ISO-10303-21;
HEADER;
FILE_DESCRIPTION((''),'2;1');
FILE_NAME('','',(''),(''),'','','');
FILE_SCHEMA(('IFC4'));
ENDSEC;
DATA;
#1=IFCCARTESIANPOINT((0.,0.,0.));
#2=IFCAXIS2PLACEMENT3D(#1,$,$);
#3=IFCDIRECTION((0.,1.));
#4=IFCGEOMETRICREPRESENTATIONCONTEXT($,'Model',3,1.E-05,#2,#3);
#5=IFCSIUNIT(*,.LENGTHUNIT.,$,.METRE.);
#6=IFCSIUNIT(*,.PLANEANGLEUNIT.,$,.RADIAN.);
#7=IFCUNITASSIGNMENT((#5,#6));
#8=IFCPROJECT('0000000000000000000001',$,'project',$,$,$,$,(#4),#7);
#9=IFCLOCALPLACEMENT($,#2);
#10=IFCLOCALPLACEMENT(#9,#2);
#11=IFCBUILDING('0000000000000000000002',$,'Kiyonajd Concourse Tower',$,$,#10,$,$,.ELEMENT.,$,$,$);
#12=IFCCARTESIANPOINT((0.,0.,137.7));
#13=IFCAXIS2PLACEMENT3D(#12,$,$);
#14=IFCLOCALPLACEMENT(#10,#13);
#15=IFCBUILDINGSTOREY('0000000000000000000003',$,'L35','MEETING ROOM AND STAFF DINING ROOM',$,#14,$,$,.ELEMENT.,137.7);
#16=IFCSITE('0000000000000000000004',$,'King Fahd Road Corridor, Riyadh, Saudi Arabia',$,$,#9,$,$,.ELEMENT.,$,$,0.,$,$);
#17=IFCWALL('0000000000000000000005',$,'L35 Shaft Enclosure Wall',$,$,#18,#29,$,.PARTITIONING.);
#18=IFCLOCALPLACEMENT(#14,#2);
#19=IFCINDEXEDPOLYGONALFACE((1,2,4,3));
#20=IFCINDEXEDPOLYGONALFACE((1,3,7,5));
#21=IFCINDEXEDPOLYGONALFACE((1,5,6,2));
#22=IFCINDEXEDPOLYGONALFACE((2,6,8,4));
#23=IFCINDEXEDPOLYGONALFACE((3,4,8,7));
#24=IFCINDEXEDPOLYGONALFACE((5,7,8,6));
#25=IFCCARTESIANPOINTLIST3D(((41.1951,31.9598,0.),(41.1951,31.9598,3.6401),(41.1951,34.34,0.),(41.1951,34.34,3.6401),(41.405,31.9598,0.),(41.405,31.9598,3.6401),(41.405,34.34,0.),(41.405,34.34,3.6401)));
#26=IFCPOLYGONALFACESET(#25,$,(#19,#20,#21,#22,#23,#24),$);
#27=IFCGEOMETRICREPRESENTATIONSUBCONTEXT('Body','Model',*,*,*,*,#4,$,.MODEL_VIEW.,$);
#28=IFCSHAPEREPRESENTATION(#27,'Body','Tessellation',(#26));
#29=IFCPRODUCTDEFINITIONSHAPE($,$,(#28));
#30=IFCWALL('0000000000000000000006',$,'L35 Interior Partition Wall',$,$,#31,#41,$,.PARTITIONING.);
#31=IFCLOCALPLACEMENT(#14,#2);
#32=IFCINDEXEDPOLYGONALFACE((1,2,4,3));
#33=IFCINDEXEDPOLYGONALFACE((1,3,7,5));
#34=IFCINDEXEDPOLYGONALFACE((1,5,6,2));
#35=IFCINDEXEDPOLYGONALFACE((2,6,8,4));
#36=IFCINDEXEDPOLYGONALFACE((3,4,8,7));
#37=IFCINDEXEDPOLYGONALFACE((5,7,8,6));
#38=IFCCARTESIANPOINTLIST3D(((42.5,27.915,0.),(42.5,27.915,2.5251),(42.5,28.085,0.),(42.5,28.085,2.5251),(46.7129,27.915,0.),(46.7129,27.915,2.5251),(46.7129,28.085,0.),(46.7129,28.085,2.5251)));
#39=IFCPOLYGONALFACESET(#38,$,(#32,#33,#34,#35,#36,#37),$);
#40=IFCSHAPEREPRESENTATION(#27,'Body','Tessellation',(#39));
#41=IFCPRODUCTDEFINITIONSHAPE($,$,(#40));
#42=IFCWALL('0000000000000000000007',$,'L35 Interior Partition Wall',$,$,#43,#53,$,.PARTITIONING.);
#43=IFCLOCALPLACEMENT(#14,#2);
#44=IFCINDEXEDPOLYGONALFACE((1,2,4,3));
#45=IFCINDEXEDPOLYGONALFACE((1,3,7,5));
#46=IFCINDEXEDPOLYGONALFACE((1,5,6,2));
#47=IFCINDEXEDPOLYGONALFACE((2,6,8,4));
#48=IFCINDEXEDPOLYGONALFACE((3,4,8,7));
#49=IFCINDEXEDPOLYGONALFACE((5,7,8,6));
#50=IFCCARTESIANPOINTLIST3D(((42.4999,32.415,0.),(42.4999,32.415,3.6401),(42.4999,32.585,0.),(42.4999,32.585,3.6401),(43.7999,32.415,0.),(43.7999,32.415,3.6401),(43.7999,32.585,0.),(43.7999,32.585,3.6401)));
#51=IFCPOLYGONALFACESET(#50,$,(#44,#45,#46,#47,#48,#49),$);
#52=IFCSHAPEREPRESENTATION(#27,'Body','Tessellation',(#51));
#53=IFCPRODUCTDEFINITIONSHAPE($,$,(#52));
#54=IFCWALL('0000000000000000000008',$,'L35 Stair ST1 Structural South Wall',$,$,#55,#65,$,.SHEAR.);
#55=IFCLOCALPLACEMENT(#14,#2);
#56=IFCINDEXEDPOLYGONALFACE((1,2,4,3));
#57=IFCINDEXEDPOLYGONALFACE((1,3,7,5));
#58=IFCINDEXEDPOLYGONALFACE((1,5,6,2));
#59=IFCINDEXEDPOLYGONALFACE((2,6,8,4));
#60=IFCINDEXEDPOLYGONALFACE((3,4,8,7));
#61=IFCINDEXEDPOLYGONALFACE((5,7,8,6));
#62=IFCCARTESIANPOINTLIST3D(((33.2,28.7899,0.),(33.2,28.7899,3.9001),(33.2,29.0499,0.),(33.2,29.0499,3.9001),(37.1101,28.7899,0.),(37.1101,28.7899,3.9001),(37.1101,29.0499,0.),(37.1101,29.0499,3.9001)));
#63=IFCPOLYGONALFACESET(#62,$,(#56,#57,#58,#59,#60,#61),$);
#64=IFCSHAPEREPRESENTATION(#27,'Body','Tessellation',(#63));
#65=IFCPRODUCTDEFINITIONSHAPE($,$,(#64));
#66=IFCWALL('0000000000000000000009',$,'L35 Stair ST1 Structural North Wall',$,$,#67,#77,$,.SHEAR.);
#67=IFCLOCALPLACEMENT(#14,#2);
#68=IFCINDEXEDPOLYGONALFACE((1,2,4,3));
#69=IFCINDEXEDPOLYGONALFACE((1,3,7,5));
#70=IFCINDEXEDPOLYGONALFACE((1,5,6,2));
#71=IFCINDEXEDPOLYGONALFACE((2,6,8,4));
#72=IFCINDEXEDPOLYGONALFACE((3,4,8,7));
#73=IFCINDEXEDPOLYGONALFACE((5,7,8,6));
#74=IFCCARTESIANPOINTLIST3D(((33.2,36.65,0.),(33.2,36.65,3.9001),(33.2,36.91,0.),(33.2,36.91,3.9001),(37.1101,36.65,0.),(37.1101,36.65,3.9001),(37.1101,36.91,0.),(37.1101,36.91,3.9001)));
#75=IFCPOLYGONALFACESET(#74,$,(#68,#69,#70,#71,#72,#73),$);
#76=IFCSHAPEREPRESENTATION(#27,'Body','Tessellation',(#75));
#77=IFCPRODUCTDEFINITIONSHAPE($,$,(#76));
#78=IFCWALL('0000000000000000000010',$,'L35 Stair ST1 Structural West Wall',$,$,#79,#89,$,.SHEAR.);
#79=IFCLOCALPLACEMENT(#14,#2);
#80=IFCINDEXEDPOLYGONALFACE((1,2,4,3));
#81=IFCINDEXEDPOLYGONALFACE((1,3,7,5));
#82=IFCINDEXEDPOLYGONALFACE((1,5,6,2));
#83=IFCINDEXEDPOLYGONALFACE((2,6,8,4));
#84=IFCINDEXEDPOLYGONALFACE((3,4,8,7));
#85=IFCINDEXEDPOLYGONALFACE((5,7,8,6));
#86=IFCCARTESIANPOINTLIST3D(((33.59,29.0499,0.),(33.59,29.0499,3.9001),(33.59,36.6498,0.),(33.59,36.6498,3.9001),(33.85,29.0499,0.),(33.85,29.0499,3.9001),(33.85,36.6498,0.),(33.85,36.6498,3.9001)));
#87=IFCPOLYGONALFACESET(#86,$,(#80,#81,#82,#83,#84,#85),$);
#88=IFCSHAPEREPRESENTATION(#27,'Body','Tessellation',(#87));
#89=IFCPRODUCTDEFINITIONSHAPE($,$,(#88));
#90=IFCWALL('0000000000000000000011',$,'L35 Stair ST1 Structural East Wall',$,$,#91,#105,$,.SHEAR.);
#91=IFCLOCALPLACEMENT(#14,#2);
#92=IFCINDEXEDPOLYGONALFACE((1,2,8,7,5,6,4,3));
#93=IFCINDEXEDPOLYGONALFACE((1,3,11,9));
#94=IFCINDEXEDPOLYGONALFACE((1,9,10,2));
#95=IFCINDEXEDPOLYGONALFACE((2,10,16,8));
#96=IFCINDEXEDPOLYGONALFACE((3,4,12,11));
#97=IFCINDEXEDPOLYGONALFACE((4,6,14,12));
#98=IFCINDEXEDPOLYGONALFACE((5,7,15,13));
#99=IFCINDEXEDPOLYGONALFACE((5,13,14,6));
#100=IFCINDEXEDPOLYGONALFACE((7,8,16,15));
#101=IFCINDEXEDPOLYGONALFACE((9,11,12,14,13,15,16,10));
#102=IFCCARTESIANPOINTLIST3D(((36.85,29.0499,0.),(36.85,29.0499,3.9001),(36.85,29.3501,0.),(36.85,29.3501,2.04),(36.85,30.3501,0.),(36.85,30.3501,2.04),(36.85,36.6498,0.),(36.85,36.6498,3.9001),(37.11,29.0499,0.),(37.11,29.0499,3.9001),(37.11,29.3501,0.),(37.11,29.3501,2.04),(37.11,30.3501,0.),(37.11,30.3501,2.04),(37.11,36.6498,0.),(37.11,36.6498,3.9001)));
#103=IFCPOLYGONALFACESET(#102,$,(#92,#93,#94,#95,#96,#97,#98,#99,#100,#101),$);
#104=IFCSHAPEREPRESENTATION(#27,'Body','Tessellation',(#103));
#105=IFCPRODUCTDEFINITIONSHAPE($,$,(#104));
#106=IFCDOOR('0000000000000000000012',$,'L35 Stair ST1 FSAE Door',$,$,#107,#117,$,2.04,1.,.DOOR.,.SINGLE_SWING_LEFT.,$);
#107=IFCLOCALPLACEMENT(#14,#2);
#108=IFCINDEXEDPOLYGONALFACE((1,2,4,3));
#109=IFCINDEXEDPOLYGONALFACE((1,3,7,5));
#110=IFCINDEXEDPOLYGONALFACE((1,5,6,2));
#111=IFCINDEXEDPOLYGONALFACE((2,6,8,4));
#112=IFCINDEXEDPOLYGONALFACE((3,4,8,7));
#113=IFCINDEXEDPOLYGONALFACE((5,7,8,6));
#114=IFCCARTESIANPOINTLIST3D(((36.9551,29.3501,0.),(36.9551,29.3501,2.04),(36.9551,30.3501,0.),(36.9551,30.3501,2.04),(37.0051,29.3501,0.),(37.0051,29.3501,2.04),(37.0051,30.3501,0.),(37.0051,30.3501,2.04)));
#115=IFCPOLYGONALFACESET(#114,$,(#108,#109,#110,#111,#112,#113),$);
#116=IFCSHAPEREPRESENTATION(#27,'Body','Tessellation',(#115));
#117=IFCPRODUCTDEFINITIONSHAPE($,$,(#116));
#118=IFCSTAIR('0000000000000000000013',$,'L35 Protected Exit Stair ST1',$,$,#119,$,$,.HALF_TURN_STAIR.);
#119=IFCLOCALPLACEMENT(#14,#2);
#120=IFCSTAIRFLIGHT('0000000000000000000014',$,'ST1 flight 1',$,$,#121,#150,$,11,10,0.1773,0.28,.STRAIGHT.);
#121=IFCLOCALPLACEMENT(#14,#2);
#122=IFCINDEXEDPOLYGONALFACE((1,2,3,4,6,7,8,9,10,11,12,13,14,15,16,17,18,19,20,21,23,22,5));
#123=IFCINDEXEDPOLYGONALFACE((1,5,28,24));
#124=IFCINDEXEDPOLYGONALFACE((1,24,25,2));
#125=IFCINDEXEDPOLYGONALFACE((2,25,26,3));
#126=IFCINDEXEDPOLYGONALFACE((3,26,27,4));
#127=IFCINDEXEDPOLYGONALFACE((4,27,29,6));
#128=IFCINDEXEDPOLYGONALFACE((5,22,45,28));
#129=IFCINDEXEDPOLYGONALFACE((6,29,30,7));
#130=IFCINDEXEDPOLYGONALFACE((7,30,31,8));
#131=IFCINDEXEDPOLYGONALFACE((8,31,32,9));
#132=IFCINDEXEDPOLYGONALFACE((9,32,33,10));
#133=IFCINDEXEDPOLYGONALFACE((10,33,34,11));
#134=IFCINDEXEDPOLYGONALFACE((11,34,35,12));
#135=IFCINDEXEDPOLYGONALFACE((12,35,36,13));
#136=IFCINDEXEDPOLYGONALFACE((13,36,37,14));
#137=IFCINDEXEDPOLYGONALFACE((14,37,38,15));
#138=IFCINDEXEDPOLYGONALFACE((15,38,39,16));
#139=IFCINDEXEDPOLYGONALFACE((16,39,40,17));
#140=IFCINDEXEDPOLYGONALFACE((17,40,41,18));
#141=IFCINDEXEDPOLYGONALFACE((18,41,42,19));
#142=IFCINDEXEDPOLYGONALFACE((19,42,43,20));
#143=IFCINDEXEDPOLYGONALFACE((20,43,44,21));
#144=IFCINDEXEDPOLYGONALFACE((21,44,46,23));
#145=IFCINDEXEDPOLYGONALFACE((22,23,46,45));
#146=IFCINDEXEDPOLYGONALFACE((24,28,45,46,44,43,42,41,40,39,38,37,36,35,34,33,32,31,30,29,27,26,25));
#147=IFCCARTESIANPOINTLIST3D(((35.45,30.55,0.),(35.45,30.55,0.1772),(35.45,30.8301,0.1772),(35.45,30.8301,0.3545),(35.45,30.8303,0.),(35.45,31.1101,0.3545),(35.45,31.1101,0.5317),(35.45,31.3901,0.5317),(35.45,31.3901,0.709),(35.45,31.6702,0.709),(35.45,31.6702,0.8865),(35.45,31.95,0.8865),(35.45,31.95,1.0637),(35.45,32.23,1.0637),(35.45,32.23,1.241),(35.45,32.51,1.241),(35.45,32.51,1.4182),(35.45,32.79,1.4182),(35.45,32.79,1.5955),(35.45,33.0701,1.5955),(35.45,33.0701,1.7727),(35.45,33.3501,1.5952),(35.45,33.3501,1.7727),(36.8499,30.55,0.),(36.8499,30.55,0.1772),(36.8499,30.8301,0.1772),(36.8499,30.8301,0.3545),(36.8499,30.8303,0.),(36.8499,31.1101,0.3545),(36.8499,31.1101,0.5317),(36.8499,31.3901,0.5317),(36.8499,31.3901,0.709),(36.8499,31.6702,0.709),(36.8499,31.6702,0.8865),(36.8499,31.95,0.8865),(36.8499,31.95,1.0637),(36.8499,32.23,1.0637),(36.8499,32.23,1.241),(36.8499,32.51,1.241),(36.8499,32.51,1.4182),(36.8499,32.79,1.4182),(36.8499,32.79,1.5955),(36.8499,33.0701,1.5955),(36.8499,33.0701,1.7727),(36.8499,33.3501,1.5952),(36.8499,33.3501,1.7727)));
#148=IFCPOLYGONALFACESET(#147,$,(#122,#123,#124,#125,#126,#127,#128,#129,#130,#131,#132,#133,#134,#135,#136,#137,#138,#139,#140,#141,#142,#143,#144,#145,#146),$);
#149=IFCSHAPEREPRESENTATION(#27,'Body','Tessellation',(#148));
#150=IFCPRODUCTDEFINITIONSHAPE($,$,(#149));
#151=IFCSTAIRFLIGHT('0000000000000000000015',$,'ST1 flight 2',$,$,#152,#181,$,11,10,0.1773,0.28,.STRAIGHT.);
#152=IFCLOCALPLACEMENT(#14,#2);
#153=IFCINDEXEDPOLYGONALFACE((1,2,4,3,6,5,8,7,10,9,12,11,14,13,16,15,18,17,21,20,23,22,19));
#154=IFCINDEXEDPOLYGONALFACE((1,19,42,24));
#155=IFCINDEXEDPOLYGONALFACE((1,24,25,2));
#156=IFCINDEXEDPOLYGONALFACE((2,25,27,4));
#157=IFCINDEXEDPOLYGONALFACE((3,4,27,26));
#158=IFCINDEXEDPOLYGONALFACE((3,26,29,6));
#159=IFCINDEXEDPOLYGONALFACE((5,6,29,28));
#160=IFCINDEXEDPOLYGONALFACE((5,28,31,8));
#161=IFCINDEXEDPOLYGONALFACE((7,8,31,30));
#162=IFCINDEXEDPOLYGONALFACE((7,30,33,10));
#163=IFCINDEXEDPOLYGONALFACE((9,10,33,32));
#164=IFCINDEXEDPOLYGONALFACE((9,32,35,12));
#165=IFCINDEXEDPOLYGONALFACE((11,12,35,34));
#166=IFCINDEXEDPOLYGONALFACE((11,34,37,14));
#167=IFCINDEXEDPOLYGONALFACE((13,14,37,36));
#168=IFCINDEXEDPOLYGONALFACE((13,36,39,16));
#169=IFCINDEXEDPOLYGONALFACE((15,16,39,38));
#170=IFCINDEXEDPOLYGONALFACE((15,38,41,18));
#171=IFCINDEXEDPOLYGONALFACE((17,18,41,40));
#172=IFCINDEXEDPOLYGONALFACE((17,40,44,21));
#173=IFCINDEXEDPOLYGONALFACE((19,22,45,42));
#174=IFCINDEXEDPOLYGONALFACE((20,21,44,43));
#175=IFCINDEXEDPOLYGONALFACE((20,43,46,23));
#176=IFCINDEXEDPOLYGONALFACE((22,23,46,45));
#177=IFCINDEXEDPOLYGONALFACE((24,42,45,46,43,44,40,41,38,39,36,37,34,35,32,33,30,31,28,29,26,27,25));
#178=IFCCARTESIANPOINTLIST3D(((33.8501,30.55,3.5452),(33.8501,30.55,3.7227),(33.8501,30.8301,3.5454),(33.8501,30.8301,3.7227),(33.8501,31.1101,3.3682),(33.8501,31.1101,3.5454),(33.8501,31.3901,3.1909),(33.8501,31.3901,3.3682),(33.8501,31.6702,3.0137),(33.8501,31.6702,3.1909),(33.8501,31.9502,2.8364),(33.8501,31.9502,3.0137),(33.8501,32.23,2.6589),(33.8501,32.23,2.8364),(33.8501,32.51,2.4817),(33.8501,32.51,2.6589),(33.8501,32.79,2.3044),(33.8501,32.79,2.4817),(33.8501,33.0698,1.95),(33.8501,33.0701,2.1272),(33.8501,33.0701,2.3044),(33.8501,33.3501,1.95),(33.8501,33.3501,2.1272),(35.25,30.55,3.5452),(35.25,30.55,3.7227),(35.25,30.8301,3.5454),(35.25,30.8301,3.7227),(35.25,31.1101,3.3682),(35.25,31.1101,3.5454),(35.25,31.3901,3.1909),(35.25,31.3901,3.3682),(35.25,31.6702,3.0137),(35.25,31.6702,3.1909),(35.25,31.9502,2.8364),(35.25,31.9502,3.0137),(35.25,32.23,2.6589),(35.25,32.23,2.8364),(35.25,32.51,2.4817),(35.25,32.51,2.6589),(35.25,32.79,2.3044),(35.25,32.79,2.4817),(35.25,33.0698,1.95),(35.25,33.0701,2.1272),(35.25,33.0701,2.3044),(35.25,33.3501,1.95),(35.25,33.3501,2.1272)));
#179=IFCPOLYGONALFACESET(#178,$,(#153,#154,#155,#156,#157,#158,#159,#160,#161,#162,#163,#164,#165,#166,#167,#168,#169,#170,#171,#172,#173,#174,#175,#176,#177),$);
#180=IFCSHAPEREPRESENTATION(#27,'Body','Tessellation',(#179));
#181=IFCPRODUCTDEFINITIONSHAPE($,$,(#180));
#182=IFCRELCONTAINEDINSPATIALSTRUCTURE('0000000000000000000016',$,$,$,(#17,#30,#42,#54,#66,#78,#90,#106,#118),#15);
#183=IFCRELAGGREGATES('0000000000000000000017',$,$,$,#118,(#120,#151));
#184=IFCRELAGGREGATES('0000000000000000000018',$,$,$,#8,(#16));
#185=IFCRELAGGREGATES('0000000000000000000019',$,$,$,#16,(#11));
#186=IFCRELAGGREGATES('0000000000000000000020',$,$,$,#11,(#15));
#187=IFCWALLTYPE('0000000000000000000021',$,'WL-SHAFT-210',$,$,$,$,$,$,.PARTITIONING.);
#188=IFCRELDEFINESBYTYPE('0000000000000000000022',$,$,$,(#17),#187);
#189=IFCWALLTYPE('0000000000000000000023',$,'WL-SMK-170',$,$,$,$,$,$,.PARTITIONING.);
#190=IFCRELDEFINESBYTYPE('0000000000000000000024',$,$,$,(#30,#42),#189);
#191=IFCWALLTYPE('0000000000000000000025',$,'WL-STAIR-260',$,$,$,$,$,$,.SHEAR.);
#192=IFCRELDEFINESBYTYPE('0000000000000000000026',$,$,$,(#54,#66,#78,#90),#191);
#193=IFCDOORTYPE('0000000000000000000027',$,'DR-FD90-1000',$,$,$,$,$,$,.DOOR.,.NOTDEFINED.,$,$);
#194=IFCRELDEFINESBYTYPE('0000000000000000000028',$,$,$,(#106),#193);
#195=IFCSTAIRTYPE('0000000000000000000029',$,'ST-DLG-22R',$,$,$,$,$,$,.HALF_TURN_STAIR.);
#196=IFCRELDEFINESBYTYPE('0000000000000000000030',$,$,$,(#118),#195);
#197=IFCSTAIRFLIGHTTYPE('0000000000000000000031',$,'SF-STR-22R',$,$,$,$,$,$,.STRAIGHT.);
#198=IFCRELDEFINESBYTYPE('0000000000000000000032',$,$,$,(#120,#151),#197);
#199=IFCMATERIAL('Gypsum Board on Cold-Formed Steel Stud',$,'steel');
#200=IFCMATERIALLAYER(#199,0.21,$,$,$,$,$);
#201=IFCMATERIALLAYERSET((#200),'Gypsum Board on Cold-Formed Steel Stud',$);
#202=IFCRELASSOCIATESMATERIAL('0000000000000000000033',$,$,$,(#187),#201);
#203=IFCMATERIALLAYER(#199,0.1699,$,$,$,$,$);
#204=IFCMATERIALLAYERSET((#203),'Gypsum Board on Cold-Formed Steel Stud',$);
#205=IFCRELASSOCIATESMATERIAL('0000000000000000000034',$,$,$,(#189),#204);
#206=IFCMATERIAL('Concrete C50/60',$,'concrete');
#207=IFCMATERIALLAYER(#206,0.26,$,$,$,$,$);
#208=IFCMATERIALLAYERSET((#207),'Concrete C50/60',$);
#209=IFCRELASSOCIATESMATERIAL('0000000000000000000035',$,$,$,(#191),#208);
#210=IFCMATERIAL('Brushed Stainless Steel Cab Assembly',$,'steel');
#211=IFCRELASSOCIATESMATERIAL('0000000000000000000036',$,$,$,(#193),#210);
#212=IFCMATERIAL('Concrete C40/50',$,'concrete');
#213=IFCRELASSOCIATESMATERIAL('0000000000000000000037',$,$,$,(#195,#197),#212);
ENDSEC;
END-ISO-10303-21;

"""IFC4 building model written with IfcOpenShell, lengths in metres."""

from ifc_helpers import new_model, si_unit, direction, frame, frame_2d, origin, place, context, subcontext, project, spatial, polyline, rectangle, outline, extrude, material, layer, layer_set, type_object, element, fill, aggregate, save


model = new_model("IFC4")

# Units and contexts
model_context = context("Model", 3, precision=1e-05, world=origin(), true_north=direction((0.0, 1.0)))
body_context = subcontext(model_context, "Body", "Model", "MODEL_VIEW")
ifc_project = project(units=[si_unit("LENGTHUNIT", "METRE"), si_unit("PLANEANGLEUNIT", "RADIAN")], contexts=[model_context])

# Site, building, storey
site_placement = place(None, origin())
site = spatial("IfcSite", under=ifc_project, at=site_placement, Name="King Fahd Road Corridor, Riyadh, Saudi Arabia", CompositionType="ELEMENT", RefElevation=0.0)
building_placement = place(site_placement, origin())
building = spatial("IfcBuilding", under=site, at=building_placement, Name="Kiyonajd Concourse Tower", CompositionType="ELEMENT")
storey_placement = place(building_placement, frame((0.0, 0.0, 137.7)))
storey = spatial("IfcBuildingStorey", under=building, at=storey_placement, Name="L35", Description="MEETING ROOM AND STAFF DINING ROOM", CompositionType="ELEMENT", Elevation=137.7)

# Shared definitions
ifc_material_1 = material(Name="Concrete C50/60", Category="concrete")

# Shared definitions
ifc_material_2 = material(Name="Gypsum Board on Cold-Formed Steel Stud", Category="steel")

# Shared definitions
ifc_layer_1 = layer(ifc_material_2, 0.21)
ifc_layer_set_1 = layer_set([ifc_layer_1], Name="Gypsum Board on Cold-Formed Steel Stud")
wall_type_1 = type_object("IfcWallType", Name="WL-SHAFT-210", PredefinedType="PARTITIONING", material=ifc_layer_set_1)
ifc_material_3 = material(Name="Brushed Stainless Steel Cab Assembly", Category="steel")

# Walls
wall_1_placement = place(storey_placement, frame((41.3, 31.96, 0.0), z_axis=(0.0, 0.0, 1.0), x_axis=(0.0, 1.0, 0.0)))
element("IfcWall", 1, at=wall_1_placement, inside=storey, type_object=wall_type_1, Name="L35 Shaft Enclosure Wall", PredefinedType="PARTITIONING", context=body_context, shape_type="SweptSolid", body=[
    extrude(rectangle(XDim=2.3801, YDim=0.21, at=frame_2d((1.1899, 0.0))), origin(), (0.0, 0.0, 1.0), 3.6401),
])
ifc_layer_2 = layer(ifc_material_2, 0.1699)
ifc_layer_set_2 = layer_set([ifc_layer_2], Name="Gypsum Board on Cold-Formed Steel Stud")
wall_type_2 = type_object("IfcWallType", Name="WL-SMK-170", PredefinedType="PARTITIONING", material=ifc_layer_set_2)
wall_2_placement = place(storey_placement, frame((42.5, 28.0, 0.0), z_axis=(0.0, 0.0, 1.0), x_axis=(1.0, 0.0, 0.0)))
element("IfcWall", 2, at=wall_2_placement, inside=storey, type_object=wall_type_2, Name="L35 Interior Partition Wall", PredefinedType="PARTITIONING", context=body_context, shape_type="SweptSolid", body=[
    extrude(rectangle(XDim=4.2129, YDim=0.1699, at=frame_2d((2.1064, 0.0))), origin(), (0.0, 0.0, 1.0), 2.5251),
])
wall_3_placement = place(storey_placement, frame((42.5, 32.5, 0.0), z_axis=(0.0, 0.0, 1.0), x_axis=(1.0, 0.0, 0.0)))
element("IfcWall", 3, at=wall_3_placement, inside=storey, type_object=wall_type_2, Name="L35 Interior Partition Wall", PredefinedType="PARTITIONING", context=body_context, shape_type="SweptSolid", body=[
    extrude(rectangle(XDim=1.3, YDim=0.1699, at=frame_2d((0.6499, 0.0))), origin(), (0.0, 0.0, 1.0), 3.6401),
])
ifc_layer_3 = layer(ifc_material_1, 0.26)
ifc_layer_set_3 = layer_set([ifc_layer_3], Name="Concrete C50/60")
wall_type_3 = type_object("IfcWallType", Name="WL-STAIR-260", PredefinedType="SHEAR", material=ifc_layer_set_3)
for number, where, z_axis, x_axis, name in (
    (4, (33.2, 28.9199, 0.0), (0.0, 0.0, 1.0), (1.0, 0.0, 0.0), "L35 Stair ST1 Structural South Wall"),
    (5, (33.2, 36.78, 0.0), (0.0, 0.0, 1.0), (1.0, 0.0, 0.0), "L35 Stair ST1 Structural North Wall"),
):
    element("IfcWall", number, at=place(storey_placement, frame(where, z_axis=z_axis, x_axis=x_axis)), inside=storey, type_object=wall_type_3, Name=name, PredefinedType="SHEAR", context=body_context, shape_type="SweptSolid", body=[
        extrude(rectangle(XDim=3.9102, YDim=0.26, at=frame_2d((1.9551, 0.0))), origin(), (0.0, 0.0, 1.0), 3.9001),
    ])
wall_4_placement = place(storey_placement, frame((33.72, 29.05, 0.0), z_axis=(0.0, 0.0, 1.0), x_axis=(0.0, 1.0, 0.0)))
element("IfcWall", 6, at=wall_4_placement, inside=storey, type_object=wall_type_3, Name="L35 Stair ST1 Structural West Wall", PredefinedType="SHEAR", context=body_context, shape_type="SweptSolid", body=[
    extrude(rectangle(XDim=7.5999, YDim=0.26, at=frame_2d((3.7998, 0.0))), origin(), (0.0, 0.0, 1.0), 3.9001),
])

# Wall, opening, door
wall_5_placement = place(storey_placement, frame((36.98, 29.05, 0.0), z_axis=(0.0, 0.0, 1.0), x_axis=(0.0, 1.0, 0.0)))
wall_5 = element("IfcWall", 7, at=wall_5_placement, inside=storey, type_object=wall_type_3, Name="L35 Stair ST1 Structural East Wall", PredefinedType="SHEAR", context=body_context, shape_type="SweptSolid", body=[
    extrude(rectangle(XDim=7.5999, YDim=0.26, at=frame_2d((3.7998, 0.0))), origin(), (0.0, 0.0, 1.0), 3.9001),
])
opening_1_placement = place(wall_5_placement, frame((0.3, 0.0, 0.0)))
opening_1 = element("IfcOpeningElement", 8, at=opening_1_placement, cuts=wall_5, PredefinedType="OPENING", context=body_context, shape_type="SweptSolid", body=[
    extrude(rectangle(XDim=1.0, YDim=2.04, at=frame_2d((0.5, 1.02))), frame((0.0, 0.1399, 0.0), z_axis=(0.0, -1.0, 0.0), x_axis=(1.0, 0.0, 0.0)), (0.0, 0.0, 1.0), 0.28),
])
door_type_1 = type_object("IfcDoorType", Name="DR-FD90-1000", OperationType="NOTDEFINED", PredefinedType="DOOR", material=ifc_material_3)
door_1_placement = place(opening_1_placement, origin())
door_1 = element("IfcDoor", 9, at=door_1_placement, inside=storey, type_object=door_type_1, Name="L35 Stair ST1 FSAE Door", OperationType="SINGLE_SWING_LEFT", OverallHeight=2.04, OverallWidth=1.0, PredefinedType="DOOR", context=body_context, shape_type="SweptSolid", body=[
    extrude(rectangle(XDim=1.0, YDim=2.04, at=frame_2d((0.5, 1.02))), frame((0.0, 0.0249, 0.0), z_axis=(0.0, -1.0, 0.0), x_axis=(1.0, 0.0, 0.0)), (0.0, 0.0, 1.0), 0.05),
])
fill(opening_1, door_1)

# Stair, stair flights
ifc_material_4 = material(Name="Concrete C40/50", Category="concrete")
stair_type = type_object("IfcStairType", Name="ST-DLG-22R", PredefinedType="HALF_TURN_STAIR", material=ifc_material_4)
stair_placement = place(storey_placement, origin())
stair = element("IfcStair", 10, at=stair_placement, inside=storey, type_object=stair_type, Name="L35 Protected Exit Stair ST1", PredefinedType="HALF_TURN_STAIR")
stair_flight_type = type_object("IfcStairFlightType", Name="SF-STR-22R", PredefinedType="STRAIGHT", material=ifc_material_4)
stair_flight_1_placement = place(storey_placement, frame((36.1499, 30.55, 0.0), z_axis=(0.0, 0.0, 1.0), x_axis=(0.0, 1.0, 0.0)))
stair_flight_1 = element("IfcStairFlight", 11, at=stair_flight_1_placement, type_object=stair_flight_type, Name="ST1 flight 1", NumberOfRisers=11, NumberOfTreads=10, PredefinedType="STRAIGHT", RiserHeight=0.1773, TreadLength=0.28, context=body_context, shape_type="SweptSolid", body=[
    extrude(outline(polyline([(0.0, 0.0), (0.0, 0.1772), (0.28, 0.1772), (0.28, 0.3545), (0.5601, 0.3545), (0.5601, 0.5317), (0.8401, 0.5317), (0.8401, 0.709), (1.1201, 0.709), (1.1201, 0.8865), (1.3999, 0.8865), (1.3999, 1.0637), (1.6799, 1.0637), (1.6799, 1.241), (1.96, 1.241), (1.96, 1.4182), (2.24, 1.4182), (2.24, 1.5955), (2.52, 1.5955), (2.52, 1.7727), (2.8, 1.7727), (2.8, 1.95), (2.8, 1.5952), (0.2803, 0.0), (0.0, 0.0)])), frame((0.0, 0.7, 0.0), z_axis=(0.0, -1.0, 0.0), x_axis=(1.0, 0.0, 0.0)), (0.0, 0.0, 1.0), 1.3999),
])
stair_flight_2_placement = place(storey_placement, frame((34.55, 33.3501, 1.95), z_axis=(0.0, 0.0, 1.0), x_axis=(0.0, -1.0, 0.0)))
stair_flight_2 = element("IfcStairFlight", 12, at=stair_flight_2_placement, type_object=stair_flight_type, Name="ST1 flight 2", NumberOfRisers=11, NumberOfTreads=10, PredefinedType="STRAIGHT", RiserHeight=0.1773, TreadLength=0.28, context=body_context, shape_type="SweptSolid", body=[
    extrude(outline(polyline([(0.0, 0.0), (0.0, 0.1772), (0.28, 0.1772), (0.28, 0.3545), (0.5601, 0.3545), (0.5601, 0.5317), (0.8401, 0.5317), (0.8401, 0.709), (1.1201, 0.709), (1.1201, 0.8865), (1.3999, 0.8865), (1.3999, 1.0637), (1.6799, 1.0637), (1.6799, 1.241), (1.96, 1.241), (1.96, 1.4182), (2.24, 1.4182), (2.24, 1.5955), (2.52, 1.5955), (2.52, 1.7727), (2.8, 1.7727), (2.8, 1.95), (2.8, 1.5952), (0.2803, 0.0), (0.0, 0.0)])), frame((0.0, 0.7, 0.0), z_axis=(0.0, -1.0, 0.0), x_axis=(1.0, 0.0, 0.0)), (0.0, 0.0, 1.0), 1.3999),
])
aggregate(stair, [stair_flight_1, stair_flight_2])

save(model, "model.ifc")
